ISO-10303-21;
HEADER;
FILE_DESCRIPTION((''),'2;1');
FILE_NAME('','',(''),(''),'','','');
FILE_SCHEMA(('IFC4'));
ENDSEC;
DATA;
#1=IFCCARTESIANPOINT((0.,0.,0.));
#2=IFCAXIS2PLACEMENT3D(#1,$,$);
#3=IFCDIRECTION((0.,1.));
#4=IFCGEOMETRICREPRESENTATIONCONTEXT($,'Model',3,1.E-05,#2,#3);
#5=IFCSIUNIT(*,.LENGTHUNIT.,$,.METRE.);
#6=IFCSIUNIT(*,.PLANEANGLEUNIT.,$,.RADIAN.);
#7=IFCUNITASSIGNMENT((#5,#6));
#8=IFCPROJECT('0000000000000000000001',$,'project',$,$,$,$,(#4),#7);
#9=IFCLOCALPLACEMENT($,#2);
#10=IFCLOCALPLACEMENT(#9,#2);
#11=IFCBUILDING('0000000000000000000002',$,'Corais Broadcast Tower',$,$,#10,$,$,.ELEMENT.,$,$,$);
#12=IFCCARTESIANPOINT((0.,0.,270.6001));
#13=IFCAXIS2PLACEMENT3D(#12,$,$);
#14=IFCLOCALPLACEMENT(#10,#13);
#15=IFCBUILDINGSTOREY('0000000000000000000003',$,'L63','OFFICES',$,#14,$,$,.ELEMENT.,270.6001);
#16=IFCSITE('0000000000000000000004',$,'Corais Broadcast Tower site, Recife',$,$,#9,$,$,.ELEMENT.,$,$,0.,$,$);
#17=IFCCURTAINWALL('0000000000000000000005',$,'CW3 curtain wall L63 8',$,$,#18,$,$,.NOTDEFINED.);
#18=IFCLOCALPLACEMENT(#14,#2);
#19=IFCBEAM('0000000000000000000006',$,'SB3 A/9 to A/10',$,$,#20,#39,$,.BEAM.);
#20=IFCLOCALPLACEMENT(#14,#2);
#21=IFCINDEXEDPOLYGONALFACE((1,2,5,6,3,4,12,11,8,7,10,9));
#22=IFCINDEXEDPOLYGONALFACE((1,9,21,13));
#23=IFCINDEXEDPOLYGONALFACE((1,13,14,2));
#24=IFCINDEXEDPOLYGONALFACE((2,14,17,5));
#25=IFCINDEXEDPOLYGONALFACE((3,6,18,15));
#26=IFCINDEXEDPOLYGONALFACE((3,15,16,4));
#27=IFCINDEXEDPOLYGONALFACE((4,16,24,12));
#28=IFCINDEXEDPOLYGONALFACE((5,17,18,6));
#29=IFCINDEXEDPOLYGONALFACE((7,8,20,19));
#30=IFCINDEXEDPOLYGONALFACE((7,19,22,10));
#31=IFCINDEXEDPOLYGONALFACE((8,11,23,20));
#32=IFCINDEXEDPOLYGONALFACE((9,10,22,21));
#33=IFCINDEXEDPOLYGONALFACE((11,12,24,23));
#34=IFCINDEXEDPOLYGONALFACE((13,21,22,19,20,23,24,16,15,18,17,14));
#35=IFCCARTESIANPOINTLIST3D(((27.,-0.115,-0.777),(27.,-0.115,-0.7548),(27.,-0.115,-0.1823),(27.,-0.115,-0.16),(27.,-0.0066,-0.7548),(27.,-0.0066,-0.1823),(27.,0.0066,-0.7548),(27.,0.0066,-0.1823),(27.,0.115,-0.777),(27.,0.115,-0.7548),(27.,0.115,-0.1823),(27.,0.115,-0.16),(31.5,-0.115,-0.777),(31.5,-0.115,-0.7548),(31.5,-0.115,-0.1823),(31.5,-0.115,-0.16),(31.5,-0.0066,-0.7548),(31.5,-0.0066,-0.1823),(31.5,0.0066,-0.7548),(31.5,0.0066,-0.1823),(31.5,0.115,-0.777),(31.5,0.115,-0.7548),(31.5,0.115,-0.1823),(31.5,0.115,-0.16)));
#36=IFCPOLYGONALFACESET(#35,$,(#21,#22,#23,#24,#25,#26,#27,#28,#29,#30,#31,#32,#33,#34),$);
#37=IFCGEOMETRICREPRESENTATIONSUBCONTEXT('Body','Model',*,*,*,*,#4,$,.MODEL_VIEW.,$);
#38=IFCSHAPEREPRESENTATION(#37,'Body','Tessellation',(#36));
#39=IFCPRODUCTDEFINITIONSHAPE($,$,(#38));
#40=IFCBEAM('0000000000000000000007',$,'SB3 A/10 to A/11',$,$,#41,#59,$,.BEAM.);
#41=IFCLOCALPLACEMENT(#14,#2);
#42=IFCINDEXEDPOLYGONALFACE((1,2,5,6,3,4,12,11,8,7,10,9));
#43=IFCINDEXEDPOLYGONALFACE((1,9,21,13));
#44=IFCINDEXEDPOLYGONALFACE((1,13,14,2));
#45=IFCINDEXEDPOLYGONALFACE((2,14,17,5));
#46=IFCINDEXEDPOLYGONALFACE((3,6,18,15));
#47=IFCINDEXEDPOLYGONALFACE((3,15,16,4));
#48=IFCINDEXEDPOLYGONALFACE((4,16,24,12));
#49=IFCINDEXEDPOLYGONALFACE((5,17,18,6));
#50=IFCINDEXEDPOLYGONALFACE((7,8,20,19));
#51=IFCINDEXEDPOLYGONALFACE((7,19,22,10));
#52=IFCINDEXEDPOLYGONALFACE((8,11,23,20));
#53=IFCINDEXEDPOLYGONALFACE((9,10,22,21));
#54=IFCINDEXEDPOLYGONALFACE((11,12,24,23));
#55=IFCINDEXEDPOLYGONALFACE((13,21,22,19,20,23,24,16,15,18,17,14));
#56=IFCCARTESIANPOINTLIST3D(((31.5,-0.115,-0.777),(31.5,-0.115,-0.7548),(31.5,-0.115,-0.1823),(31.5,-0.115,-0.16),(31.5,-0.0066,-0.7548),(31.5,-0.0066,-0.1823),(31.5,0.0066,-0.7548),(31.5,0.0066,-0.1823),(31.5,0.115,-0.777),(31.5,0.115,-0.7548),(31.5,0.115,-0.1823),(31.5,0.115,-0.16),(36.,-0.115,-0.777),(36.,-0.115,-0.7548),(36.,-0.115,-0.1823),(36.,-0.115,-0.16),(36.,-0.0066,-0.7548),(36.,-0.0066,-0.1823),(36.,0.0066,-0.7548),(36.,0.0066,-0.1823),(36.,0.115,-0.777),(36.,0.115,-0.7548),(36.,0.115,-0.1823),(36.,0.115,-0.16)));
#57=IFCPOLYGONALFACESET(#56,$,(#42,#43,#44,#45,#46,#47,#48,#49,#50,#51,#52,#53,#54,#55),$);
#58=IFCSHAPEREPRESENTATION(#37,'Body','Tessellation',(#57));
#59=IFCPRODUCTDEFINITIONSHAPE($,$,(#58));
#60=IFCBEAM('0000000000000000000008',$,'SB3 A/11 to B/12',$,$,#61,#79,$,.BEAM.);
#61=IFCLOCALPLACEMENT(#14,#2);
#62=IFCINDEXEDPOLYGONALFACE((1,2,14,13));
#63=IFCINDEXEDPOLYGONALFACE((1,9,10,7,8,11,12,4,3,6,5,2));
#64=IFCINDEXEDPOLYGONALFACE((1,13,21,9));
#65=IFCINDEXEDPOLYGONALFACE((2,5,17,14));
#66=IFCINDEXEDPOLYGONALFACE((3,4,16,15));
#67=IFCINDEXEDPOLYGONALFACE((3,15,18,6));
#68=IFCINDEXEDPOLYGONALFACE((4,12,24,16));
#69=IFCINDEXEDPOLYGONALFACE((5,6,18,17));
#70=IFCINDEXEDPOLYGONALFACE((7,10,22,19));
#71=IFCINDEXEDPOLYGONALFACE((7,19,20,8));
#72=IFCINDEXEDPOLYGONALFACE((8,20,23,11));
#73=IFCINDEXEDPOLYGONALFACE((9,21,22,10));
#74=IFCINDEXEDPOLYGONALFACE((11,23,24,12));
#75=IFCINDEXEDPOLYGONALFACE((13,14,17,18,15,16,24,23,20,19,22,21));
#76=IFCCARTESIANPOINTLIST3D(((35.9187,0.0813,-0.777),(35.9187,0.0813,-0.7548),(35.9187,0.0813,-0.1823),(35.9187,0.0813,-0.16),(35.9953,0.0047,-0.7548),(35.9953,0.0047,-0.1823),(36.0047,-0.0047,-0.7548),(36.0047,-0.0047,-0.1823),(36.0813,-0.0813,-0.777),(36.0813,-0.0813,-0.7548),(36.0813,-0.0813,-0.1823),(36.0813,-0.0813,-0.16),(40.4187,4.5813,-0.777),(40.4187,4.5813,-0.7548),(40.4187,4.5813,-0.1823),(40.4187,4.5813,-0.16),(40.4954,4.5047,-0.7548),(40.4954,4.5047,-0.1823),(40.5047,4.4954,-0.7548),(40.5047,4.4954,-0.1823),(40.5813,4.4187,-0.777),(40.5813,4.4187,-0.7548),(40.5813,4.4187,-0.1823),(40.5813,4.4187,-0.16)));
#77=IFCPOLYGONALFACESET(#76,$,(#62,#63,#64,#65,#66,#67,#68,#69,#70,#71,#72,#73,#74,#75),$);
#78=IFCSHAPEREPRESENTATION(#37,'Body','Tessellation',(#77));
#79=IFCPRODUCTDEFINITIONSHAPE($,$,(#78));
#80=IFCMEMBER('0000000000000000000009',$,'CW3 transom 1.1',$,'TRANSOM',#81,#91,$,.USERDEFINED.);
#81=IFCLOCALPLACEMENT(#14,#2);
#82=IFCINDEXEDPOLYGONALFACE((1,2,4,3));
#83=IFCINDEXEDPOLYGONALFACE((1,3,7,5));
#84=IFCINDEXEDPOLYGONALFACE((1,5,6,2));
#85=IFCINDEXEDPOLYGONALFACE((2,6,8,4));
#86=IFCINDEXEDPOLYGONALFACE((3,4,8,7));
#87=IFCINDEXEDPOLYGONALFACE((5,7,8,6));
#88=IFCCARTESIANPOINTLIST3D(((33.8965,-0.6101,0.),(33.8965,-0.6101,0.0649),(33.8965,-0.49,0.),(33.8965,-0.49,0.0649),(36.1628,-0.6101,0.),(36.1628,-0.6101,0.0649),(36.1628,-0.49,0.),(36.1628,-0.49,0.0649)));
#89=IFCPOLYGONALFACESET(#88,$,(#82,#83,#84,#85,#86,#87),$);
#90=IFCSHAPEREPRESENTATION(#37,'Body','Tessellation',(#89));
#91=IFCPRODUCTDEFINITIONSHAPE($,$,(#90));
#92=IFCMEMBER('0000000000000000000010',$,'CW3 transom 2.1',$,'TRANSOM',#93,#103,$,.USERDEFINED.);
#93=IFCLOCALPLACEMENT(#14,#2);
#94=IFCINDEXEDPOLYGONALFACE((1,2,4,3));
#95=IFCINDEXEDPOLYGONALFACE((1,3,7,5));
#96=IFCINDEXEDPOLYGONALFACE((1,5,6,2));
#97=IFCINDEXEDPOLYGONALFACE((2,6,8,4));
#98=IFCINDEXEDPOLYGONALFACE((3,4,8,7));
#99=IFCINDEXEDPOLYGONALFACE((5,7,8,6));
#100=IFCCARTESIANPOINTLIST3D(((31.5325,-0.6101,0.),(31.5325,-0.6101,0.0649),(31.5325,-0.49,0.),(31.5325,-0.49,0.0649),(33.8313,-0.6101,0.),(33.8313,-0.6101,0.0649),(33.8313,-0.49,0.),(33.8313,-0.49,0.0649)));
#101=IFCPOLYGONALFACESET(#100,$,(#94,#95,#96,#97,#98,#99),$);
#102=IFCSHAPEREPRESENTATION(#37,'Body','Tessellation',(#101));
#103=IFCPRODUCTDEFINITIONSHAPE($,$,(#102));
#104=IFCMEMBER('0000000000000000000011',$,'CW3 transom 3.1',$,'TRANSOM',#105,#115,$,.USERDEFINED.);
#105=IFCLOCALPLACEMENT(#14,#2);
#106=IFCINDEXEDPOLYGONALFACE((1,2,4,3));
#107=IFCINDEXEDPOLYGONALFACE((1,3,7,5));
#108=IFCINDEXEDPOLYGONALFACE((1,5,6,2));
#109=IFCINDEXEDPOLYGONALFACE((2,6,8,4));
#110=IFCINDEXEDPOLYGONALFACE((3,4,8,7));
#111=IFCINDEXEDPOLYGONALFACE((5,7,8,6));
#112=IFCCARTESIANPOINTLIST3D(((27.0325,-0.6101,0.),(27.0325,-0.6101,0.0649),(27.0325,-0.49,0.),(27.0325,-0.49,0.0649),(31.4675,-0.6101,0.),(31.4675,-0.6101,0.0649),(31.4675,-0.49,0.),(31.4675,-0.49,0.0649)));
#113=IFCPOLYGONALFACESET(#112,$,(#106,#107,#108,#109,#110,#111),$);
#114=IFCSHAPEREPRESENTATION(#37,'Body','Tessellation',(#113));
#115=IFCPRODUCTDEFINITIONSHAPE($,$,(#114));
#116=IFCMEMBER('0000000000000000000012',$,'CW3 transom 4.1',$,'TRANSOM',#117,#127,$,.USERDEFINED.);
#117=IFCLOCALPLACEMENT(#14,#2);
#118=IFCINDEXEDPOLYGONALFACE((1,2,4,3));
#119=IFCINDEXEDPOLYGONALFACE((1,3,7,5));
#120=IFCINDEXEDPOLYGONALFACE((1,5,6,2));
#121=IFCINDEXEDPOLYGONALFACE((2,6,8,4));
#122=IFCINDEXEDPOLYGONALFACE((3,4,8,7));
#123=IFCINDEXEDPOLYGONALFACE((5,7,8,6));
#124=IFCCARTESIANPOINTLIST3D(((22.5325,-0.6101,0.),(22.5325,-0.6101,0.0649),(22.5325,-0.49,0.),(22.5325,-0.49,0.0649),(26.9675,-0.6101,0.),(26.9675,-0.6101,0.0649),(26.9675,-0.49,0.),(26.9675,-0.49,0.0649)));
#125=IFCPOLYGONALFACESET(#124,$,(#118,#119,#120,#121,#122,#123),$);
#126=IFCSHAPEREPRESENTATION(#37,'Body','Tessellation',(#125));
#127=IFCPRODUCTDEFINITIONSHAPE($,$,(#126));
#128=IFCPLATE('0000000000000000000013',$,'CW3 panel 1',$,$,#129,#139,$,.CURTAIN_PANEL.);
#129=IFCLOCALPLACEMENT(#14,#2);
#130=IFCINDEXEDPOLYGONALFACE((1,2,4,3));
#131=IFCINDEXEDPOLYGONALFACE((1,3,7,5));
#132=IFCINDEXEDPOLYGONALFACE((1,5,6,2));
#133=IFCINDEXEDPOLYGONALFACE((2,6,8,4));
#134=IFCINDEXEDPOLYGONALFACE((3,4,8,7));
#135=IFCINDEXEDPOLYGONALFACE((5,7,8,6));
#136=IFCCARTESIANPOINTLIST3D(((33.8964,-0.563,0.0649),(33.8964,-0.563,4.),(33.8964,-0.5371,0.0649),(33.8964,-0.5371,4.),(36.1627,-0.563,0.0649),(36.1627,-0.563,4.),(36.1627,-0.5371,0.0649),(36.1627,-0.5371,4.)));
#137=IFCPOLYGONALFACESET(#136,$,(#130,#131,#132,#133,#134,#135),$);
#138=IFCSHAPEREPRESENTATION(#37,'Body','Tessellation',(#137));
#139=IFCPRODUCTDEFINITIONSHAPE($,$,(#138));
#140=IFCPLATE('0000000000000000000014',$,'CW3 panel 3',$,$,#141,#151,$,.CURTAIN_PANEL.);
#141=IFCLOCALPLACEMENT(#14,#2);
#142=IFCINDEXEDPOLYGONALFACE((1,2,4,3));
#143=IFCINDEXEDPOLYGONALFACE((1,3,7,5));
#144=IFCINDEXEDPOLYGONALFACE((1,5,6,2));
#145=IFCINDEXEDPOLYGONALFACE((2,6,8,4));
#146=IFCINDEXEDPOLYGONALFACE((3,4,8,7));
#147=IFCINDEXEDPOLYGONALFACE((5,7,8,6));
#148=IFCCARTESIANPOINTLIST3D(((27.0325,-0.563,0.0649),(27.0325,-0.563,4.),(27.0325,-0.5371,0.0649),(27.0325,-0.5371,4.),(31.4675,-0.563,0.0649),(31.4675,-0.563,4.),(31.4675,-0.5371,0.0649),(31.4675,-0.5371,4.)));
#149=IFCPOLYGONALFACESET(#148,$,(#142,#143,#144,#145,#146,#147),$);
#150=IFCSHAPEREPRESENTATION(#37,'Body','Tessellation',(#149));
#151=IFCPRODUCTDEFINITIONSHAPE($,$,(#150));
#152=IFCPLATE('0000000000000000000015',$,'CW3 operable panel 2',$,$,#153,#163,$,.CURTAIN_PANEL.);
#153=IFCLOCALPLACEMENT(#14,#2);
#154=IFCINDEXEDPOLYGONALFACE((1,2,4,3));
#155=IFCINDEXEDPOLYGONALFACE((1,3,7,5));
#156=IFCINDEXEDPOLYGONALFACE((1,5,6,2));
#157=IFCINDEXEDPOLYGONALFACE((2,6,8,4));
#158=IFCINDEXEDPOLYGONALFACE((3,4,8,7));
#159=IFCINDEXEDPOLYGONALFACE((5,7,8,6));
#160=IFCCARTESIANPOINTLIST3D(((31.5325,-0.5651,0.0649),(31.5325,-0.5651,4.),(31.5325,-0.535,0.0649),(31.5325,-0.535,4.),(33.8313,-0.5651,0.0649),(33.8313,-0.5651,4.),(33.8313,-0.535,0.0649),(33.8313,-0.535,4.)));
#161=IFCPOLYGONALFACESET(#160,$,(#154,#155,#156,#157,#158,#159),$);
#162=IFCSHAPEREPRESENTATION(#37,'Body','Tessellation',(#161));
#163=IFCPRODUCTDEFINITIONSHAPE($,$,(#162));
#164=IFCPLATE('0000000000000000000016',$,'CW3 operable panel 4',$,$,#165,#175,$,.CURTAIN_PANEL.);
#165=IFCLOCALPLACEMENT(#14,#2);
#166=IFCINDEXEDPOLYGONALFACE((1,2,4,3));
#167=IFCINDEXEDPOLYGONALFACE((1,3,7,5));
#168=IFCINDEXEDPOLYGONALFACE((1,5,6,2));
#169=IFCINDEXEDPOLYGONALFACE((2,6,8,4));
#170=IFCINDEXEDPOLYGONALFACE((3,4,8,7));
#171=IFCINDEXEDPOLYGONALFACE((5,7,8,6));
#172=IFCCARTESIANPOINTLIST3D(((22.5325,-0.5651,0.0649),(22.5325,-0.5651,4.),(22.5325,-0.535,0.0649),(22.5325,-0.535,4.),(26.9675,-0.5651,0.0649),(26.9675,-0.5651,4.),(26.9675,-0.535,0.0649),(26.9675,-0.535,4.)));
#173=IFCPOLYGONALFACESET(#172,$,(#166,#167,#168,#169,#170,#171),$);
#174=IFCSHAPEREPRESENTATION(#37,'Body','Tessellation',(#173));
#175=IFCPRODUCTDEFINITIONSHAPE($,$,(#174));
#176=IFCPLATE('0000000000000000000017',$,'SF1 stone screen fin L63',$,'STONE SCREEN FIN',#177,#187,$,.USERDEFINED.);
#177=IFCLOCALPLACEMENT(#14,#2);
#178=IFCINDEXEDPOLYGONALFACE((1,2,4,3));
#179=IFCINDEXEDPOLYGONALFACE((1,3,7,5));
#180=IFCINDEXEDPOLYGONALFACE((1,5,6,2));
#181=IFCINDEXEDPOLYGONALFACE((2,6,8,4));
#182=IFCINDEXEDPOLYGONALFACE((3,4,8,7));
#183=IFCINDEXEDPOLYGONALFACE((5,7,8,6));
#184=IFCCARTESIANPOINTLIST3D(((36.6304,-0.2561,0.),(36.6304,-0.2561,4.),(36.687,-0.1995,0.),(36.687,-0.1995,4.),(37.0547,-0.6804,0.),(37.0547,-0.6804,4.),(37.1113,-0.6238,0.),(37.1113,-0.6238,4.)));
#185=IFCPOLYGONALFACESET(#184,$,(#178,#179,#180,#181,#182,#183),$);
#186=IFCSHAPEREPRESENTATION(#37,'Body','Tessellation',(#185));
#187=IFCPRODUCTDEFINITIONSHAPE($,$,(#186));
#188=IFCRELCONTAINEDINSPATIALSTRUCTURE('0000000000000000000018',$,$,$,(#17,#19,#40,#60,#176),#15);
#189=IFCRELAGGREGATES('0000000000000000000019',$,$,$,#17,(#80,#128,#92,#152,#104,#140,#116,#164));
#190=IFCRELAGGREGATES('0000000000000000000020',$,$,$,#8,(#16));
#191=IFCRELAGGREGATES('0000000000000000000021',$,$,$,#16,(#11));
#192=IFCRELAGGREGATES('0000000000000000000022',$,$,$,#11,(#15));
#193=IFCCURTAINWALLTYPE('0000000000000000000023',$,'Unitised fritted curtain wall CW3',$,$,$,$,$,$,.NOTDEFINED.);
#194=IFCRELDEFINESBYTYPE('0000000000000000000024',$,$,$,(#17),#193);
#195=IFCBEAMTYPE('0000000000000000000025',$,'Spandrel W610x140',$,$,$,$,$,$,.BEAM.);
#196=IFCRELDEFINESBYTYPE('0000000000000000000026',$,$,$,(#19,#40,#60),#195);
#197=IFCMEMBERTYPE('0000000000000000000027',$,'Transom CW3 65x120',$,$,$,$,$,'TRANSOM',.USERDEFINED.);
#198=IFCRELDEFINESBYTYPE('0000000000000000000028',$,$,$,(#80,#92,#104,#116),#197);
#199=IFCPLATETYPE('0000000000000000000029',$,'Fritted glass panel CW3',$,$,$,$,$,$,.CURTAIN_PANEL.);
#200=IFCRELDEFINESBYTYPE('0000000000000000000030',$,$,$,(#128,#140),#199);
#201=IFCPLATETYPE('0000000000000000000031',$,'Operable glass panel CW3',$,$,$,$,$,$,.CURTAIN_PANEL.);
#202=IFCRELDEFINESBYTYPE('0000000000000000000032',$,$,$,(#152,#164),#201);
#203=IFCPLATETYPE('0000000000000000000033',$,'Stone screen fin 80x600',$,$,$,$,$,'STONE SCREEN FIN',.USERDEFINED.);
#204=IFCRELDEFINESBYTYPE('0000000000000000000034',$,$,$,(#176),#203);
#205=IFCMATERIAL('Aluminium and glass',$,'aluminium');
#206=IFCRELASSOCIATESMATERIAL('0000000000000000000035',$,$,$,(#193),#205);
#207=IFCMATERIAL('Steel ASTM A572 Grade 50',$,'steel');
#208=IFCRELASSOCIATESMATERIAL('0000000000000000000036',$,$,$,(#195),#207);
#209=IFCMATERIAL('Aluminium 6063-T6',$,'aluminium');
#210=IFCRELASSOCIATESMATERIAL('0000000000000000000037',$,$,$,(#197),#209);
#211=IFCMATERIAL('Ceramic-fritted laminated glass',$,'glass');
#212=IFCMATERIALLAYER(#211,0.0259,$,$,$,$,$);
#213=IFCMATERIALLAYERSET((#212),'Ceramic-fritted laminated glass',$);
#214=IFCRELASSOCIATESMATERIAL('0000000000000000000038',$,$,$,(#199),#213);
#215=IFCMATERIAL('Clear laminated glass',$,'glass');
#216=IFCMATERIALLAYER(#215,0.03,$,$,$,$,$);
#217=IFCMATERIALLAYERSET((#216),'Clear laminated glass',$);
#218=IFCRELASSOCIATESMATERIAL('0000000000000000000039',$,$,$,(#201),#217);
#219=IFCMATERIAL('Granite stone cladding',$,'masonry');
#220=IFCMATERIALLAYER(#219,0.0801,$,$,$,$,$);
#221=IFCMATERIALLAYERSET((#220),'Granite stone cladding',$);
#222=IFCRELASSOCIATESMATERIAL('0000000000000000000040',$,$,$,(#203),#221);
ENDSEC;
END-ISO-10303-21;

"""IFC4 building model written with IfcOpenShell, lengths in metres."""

from ifc_helpers import new_model, si_unit, direction, frame, origin, origin_2d, place, context, subcontext, project, spatial, rectangle, i_section, extrude, material, layer, layer_set, material_profile, profile_set, type_object, element, aggregate, save


model = new_model("IFC4")

# Units and contexts
model_context = context("Model", 3, precision=1e-05, world=origin(), true_north=direction((0.0, 1.0)))
body_context = subcontext(model_context, "Body", "Model", "MODEL_VIEW")
ifc_project = project(units=[si_unit("LENGTHUNIT", "METRE"), si_unit("PLANEANGLEUNIT", "RADIAN")], contexts=[model_context])

# Site, building, storey
site_placement = place(None, origin())
site = spatial("IfcSite", under=ifc_project, at=site_placement, Name="Corais Broadcast Tower site, Recife", CompositionType="ELEMENT", RefElevation=0.0)
building_placement = place(site_placement, origin())
building = spatial("IfcBuilding", under=site, at=building_placement, Name="Corais Broadcast Tower", CompositionType="ELEMENT")
storey_placement = place(building_placement, frame((0.0, 0.0, 270.6001)))
storey = spatial("IfcBuildingStorey", under=building, at=storey_placement, Name="L63", Description="OFFICES", CompositionType="ELEMENT", Elevation=270.6001)

# Shared definitions
ifc_material_1 = material(Name="Aluminium and glass", Category="aluminium")
curtain_wall_type = type_object("IfcCurtainWallType", Name="Unitised fritted curtain wall CW3", PredefinedType="NOTDEFINED", material=ifc_material_1)

# Curtain wall
curtain_wall_1_placement = place(storey_placement, origin())
curtain_wall_1 = element("IfcCurtainWall", 1, at=curtain_wall_1_placement, inside=storey, type_object=curtain_wall_type, Name="CW3 curtain wall L63 8", PredefinedType="NOTDEFINED")

# Beams
ifc_material_2 = material(Name="Steel ASTM A572 Grade 50", Category="steel")
ifc_material_profile_1 = material_profile(ifc_material_2, i_section(OverallWidth=0.23, OverallDepth=0.6169, WebThickness=0.0132, FlangeThickness=0.0222, at=origin_2d()), Name="W610x140")
ifc_profile_set_1 = profile_set([ifc_material_profile_1], Name="Steel ASTM A572 Grade 50")
beam_type_1 = type_object("IfcBeamType", Name="Spandrel W610x140", PredefinedType="BEAM", material=ifc_profile_set_1)
for number, where, z_axis, x_axis, name in (
    (2, (27.0, 0.0, -0.4685), (1.0, 0.0, 0.0), (0.0, 1.0, 0.0), "SB3 A/9 to A/10"),
    (3, (31.5, 0.0, -0.4685), (1.0, 0.0, 0.0), (0.0, 1.0, 0.0), "SB3 A/10 to A/11"),
):
    element("IfcBeam", number, at=place(storey_placement, frame(where, z_axis=z_axis, x_axis=x_axis)), inside=storey, type_object=beam_type_1, Name=name, PredefinedType="BEAM", context=body_context, shape_type="SweptSolid", body=[
        extrude(i_section(OverallWidth=0.23, OverallDepth=0.6169, WebThickness=0.0132, FlangeThickness=0.0222, at=origin_2d()), origin(), (0.0, 0.0, 1.0), 4.5),
    ])
beam_placement = place(storey_placement, frame((36.0, 0.0, -0.4685), z_axis=(0.707107, 0.707107, 0.0), x_axis=(-0.707107, 0.707107, 0.0)))
element("IfcBeam", 4, at=beam_placement, inside=storey, type_object=beam_type_1, Name="SB3 A/11 to B/12", PredefinedType="BEAM", context=body_context, shape_type="SweptSolid", body=[
    extrude(i_section(OverallWidth=0.23, OverallDepth=0.6169, WebThickness=0.0132, FlangeThickness=0.0222, at=origin_2d()), origin(), (0.0, 0.0, 1.0), 6.364),
])

# Members
ifc_material_3 = material(Name="Aluminium 6063-T6", Category="aluminium")
ifc_material_profile_2 = material_profile(ifc_material_3, rectangle(XDim=0.1201, YDim=0.0649, at=origin_2d()), Name="Transom CW3 65x120")
ifc_profile_set_2 = profile_set([ifc_material_profile_2], Name="Aluminium 6063-T6")
member_type_1 = type_object("IfcMemberType", Name="Transom CW3 65x120", ElementType="TRANSOM", PredefinedType="USERDEFINED", material=ifc_profile_set_2)
member_1_placement = place(storey_placement, frame((36.1628, -0.55, 0.0325), z_axis=(-1.0, 0.0, 0.0), x_axis=(0.0, -1.0, 0.0)))
member_1 = element("IfcMember", 5, at=member_1_placement, type_object=member_type_1, Name="CW3 transom 1.1", ObjectType="TRANSOM", PredefinedType="USERDEFINED", context=body_context, shape_type="SweptSolid", body=[
    extrude(rectangle(XDim=0.1201, YDim=0.0649, at=origin_2d()), origin(), (0.0, 0.0, 1.0), 2.2664),
])
member_2_placement = place(storey_placement, frame((33.8313, -0.55, 0.0325), z_axis=(-1.0, 0.0, 0.0), x_axis=(0.0, -1.0, 0.0)))
member_2 = element("IfcMember", 6, at=member_2_placement, type_object=member_type_1, Name="CW3 transom 2.1", ObjectType="TRANSOM", PredefinedType="USERDEFINED", context=body_context, shape_type="SweptSolid", body=[
    extrude(rectangle(XDim=0.1201, YDim=0.0649, at=origin_2d()), origin(), (0.0, 0.0, 1.0), 2.2988),
])
member_3_placement = place(storey_placement, frame((31.4675, -0.55, 0.0325), z_axis=(-1.0, 0.0, 0.0), x_axis=(0.0, -1.0, 0.0)))
member_3 = element("IfcMember", 7, at=member_3_placement, type_object=member_type_1, Name="CW3 transom 3.1", ObjectType="TRANSOM", PredefinedType="USERDEFINED", context=body_context, shape_type="SweptSolid", body=[
    extrude(rectangle(XDim=0.1201, YDim=0.0649, at=origin_2d()), origin(), (0.0, 0.0, 1.0), 4.4351),
])
member_4_placement = place(storey_placement, frame((26.9675, -0.55, 0.0325), z_axis=(-1.0, 0.0, 0.0), x_axis=(0.0, -1.0, 0.0)))
member_4 = element("IfcMember", 8, at=member_4_placement, type_object=member_type_1, Name="CW3 transom 4.1", ObjectType="TRANSOM", PredefinedType="USERDEFINED", context=body_context, shape_type="SweptSolid", body=[
    extrude(rectangle(XDim=0.1201, YDim=0.0649, at=origin_2d()), origin(), (0.0, 0.0, 1.0), 4.4351),
])

# Plates
ifc_material_4 = material(Name="Ceramic-fritted laminated glass", Category="glass")
ifc_layer_1 = layer(ifc_material_4, 0.0259)
ifc_layer_set_1 = layer_set([ifc_layer_1], Name="Ceramic-fritted laminated glass")
plate_type_1 = type_object("IfcPlateType", Name="Fritted glass panel CW3", PredefinedType="CURTAIN_PANEL", material=ifc_layer_set_1)
plate_1_placement = place(storey_placement, frame((35.0295, -0.55, 0.0649), z_axis=(0.0, 0.0, 1.0), x_axis=(-1.0, 0.0, 0.0)))
plate_1 = element("IfcPlate", 9, at=plate_1_placement, type_object=plate_type_1, Name="CW3 panel 1", PredefinedType="CURTAIN_PANEL", context=body_context, shape_type="SweptSolid", body=[
    extrude(rectangle(XDim=2.2664, YDim=0.0259, at=origin_2d()), origin(), (0.0, 0.0, 1.0), 3.9351),
])
plate_2_placement = place(storey_placement, frame((29.25, -0.55, 0.0649), z_axis=(0.0, 0.0, 1.0), x_axis=(-1.0, 0.0, 0.0)))
plate_2 = element("IfcPlate", 10, at=plate_2_placement, type_object=plate_type_1, Name="CW3 panel 3", PredefinedType="CURTAIN_PANEL", context=body_context, shape_type="SweptSolid", body=[
    extrude(rectangle(XDim=4.4351, YDim=0.0259, at=origin_2d()), origin(), (0.0, 0.0, 1.0), 3.9351),
])
ifc_material_5 = material(Name="Clear laminated glass", Category="glass")
ifc_layer_2 = layer(ifc_material_5, 0.03)
ifc_layer_set_2 = layer_set([ifc_layer_2], Name="Clear laminated glass")
plate_type_2 = type_object("IfcPlateType", Name="Operable glass panel CW3", PredefinedType="CURTAIN_PANEL", material=ifc_layer_set_2)
plate_3_placement = place(storey_placement, frame((32.6819, -0.55, 0.0649), z_axis=(0.0, 0.0, 1.0), x_axis=(-1.0, 0.0, 0.0)))
plate_3 = element("IfcPlate", 11, at=plate_3_placement, type_object=plate_type_2, Name="CW3 operable panel 2", PredefinedType="CURTAIN_PANEL", context=body_context, shape_type="SweptSolid", body=[
    extrude(rectangle(XDim=2.2988, YDim=0.03, at=origin_2d()), origin(), (0.0, 0.0, 1.0), 3.9351),
])
plate_4_placement = place(storey_placement, frame((24.75, -0.55, 0.0649), z_axis=(0.0, 0.0, 1.0), x_axis=(-1.0, 0.0, 0.0)))
plate_4 = element("IfcPlate", 12, at=plate_4_placement, type_object=plate_type_2, Name="CW3 operable panel 4", PredefinedType="CURTAIN_PANEL", context=body_context, shape_type="SweptSolid", body=[
    extrude(rectangle(XDim=4.4351, YDim=0.03, at=origin_2d()), origin(), (0.0, 0.0, 1.0), 3.9351),
])
aggregate(curtain_wall_1, [member_1, plate_1, member_2, plate_3, member_3, plate_2, member_4, plate_4])
ifc_material_6 = material(Name="Granite stone cladding", Category="masonry")
ifc_layer_3 = layer(ifc_material_6, 0.0801)
ifc_layer_set_3 = layer_set([ifc_layer_3], Name="Granite stone cladding")
plate_type_3 = type_object("IfcPlateType", Name="Stone screen fin 80x600", ElementType="STONE SCREEN FIN", PredefinedType="USERDEFINED", material=ifc_layer_set_3)
plate_5_placement = place(storey_placement, frame((36.8708, -0.4399, 0.0), z_axis=(0.0, 0.0, 1.0), x_axis=(-0.707107, -0.707107, 0.0)))
element("IfcPlate", 13, at=plate_5_placement, inside=storey, type_object=plate_type_3, Name="SF1 stone screen fin L63", ObjectType="STONE SCREEN FIN", PredefinedType="USERDEFINED", context=body_context, shape_type="SweptSolid", body=[
    extrude(rectangle(XDim=0.0801, YDim=0.6001, at=origin_2d()), origin(), (0.0, 0.0, 1.0), 4.0),
])

save(model, "model.ifc")
